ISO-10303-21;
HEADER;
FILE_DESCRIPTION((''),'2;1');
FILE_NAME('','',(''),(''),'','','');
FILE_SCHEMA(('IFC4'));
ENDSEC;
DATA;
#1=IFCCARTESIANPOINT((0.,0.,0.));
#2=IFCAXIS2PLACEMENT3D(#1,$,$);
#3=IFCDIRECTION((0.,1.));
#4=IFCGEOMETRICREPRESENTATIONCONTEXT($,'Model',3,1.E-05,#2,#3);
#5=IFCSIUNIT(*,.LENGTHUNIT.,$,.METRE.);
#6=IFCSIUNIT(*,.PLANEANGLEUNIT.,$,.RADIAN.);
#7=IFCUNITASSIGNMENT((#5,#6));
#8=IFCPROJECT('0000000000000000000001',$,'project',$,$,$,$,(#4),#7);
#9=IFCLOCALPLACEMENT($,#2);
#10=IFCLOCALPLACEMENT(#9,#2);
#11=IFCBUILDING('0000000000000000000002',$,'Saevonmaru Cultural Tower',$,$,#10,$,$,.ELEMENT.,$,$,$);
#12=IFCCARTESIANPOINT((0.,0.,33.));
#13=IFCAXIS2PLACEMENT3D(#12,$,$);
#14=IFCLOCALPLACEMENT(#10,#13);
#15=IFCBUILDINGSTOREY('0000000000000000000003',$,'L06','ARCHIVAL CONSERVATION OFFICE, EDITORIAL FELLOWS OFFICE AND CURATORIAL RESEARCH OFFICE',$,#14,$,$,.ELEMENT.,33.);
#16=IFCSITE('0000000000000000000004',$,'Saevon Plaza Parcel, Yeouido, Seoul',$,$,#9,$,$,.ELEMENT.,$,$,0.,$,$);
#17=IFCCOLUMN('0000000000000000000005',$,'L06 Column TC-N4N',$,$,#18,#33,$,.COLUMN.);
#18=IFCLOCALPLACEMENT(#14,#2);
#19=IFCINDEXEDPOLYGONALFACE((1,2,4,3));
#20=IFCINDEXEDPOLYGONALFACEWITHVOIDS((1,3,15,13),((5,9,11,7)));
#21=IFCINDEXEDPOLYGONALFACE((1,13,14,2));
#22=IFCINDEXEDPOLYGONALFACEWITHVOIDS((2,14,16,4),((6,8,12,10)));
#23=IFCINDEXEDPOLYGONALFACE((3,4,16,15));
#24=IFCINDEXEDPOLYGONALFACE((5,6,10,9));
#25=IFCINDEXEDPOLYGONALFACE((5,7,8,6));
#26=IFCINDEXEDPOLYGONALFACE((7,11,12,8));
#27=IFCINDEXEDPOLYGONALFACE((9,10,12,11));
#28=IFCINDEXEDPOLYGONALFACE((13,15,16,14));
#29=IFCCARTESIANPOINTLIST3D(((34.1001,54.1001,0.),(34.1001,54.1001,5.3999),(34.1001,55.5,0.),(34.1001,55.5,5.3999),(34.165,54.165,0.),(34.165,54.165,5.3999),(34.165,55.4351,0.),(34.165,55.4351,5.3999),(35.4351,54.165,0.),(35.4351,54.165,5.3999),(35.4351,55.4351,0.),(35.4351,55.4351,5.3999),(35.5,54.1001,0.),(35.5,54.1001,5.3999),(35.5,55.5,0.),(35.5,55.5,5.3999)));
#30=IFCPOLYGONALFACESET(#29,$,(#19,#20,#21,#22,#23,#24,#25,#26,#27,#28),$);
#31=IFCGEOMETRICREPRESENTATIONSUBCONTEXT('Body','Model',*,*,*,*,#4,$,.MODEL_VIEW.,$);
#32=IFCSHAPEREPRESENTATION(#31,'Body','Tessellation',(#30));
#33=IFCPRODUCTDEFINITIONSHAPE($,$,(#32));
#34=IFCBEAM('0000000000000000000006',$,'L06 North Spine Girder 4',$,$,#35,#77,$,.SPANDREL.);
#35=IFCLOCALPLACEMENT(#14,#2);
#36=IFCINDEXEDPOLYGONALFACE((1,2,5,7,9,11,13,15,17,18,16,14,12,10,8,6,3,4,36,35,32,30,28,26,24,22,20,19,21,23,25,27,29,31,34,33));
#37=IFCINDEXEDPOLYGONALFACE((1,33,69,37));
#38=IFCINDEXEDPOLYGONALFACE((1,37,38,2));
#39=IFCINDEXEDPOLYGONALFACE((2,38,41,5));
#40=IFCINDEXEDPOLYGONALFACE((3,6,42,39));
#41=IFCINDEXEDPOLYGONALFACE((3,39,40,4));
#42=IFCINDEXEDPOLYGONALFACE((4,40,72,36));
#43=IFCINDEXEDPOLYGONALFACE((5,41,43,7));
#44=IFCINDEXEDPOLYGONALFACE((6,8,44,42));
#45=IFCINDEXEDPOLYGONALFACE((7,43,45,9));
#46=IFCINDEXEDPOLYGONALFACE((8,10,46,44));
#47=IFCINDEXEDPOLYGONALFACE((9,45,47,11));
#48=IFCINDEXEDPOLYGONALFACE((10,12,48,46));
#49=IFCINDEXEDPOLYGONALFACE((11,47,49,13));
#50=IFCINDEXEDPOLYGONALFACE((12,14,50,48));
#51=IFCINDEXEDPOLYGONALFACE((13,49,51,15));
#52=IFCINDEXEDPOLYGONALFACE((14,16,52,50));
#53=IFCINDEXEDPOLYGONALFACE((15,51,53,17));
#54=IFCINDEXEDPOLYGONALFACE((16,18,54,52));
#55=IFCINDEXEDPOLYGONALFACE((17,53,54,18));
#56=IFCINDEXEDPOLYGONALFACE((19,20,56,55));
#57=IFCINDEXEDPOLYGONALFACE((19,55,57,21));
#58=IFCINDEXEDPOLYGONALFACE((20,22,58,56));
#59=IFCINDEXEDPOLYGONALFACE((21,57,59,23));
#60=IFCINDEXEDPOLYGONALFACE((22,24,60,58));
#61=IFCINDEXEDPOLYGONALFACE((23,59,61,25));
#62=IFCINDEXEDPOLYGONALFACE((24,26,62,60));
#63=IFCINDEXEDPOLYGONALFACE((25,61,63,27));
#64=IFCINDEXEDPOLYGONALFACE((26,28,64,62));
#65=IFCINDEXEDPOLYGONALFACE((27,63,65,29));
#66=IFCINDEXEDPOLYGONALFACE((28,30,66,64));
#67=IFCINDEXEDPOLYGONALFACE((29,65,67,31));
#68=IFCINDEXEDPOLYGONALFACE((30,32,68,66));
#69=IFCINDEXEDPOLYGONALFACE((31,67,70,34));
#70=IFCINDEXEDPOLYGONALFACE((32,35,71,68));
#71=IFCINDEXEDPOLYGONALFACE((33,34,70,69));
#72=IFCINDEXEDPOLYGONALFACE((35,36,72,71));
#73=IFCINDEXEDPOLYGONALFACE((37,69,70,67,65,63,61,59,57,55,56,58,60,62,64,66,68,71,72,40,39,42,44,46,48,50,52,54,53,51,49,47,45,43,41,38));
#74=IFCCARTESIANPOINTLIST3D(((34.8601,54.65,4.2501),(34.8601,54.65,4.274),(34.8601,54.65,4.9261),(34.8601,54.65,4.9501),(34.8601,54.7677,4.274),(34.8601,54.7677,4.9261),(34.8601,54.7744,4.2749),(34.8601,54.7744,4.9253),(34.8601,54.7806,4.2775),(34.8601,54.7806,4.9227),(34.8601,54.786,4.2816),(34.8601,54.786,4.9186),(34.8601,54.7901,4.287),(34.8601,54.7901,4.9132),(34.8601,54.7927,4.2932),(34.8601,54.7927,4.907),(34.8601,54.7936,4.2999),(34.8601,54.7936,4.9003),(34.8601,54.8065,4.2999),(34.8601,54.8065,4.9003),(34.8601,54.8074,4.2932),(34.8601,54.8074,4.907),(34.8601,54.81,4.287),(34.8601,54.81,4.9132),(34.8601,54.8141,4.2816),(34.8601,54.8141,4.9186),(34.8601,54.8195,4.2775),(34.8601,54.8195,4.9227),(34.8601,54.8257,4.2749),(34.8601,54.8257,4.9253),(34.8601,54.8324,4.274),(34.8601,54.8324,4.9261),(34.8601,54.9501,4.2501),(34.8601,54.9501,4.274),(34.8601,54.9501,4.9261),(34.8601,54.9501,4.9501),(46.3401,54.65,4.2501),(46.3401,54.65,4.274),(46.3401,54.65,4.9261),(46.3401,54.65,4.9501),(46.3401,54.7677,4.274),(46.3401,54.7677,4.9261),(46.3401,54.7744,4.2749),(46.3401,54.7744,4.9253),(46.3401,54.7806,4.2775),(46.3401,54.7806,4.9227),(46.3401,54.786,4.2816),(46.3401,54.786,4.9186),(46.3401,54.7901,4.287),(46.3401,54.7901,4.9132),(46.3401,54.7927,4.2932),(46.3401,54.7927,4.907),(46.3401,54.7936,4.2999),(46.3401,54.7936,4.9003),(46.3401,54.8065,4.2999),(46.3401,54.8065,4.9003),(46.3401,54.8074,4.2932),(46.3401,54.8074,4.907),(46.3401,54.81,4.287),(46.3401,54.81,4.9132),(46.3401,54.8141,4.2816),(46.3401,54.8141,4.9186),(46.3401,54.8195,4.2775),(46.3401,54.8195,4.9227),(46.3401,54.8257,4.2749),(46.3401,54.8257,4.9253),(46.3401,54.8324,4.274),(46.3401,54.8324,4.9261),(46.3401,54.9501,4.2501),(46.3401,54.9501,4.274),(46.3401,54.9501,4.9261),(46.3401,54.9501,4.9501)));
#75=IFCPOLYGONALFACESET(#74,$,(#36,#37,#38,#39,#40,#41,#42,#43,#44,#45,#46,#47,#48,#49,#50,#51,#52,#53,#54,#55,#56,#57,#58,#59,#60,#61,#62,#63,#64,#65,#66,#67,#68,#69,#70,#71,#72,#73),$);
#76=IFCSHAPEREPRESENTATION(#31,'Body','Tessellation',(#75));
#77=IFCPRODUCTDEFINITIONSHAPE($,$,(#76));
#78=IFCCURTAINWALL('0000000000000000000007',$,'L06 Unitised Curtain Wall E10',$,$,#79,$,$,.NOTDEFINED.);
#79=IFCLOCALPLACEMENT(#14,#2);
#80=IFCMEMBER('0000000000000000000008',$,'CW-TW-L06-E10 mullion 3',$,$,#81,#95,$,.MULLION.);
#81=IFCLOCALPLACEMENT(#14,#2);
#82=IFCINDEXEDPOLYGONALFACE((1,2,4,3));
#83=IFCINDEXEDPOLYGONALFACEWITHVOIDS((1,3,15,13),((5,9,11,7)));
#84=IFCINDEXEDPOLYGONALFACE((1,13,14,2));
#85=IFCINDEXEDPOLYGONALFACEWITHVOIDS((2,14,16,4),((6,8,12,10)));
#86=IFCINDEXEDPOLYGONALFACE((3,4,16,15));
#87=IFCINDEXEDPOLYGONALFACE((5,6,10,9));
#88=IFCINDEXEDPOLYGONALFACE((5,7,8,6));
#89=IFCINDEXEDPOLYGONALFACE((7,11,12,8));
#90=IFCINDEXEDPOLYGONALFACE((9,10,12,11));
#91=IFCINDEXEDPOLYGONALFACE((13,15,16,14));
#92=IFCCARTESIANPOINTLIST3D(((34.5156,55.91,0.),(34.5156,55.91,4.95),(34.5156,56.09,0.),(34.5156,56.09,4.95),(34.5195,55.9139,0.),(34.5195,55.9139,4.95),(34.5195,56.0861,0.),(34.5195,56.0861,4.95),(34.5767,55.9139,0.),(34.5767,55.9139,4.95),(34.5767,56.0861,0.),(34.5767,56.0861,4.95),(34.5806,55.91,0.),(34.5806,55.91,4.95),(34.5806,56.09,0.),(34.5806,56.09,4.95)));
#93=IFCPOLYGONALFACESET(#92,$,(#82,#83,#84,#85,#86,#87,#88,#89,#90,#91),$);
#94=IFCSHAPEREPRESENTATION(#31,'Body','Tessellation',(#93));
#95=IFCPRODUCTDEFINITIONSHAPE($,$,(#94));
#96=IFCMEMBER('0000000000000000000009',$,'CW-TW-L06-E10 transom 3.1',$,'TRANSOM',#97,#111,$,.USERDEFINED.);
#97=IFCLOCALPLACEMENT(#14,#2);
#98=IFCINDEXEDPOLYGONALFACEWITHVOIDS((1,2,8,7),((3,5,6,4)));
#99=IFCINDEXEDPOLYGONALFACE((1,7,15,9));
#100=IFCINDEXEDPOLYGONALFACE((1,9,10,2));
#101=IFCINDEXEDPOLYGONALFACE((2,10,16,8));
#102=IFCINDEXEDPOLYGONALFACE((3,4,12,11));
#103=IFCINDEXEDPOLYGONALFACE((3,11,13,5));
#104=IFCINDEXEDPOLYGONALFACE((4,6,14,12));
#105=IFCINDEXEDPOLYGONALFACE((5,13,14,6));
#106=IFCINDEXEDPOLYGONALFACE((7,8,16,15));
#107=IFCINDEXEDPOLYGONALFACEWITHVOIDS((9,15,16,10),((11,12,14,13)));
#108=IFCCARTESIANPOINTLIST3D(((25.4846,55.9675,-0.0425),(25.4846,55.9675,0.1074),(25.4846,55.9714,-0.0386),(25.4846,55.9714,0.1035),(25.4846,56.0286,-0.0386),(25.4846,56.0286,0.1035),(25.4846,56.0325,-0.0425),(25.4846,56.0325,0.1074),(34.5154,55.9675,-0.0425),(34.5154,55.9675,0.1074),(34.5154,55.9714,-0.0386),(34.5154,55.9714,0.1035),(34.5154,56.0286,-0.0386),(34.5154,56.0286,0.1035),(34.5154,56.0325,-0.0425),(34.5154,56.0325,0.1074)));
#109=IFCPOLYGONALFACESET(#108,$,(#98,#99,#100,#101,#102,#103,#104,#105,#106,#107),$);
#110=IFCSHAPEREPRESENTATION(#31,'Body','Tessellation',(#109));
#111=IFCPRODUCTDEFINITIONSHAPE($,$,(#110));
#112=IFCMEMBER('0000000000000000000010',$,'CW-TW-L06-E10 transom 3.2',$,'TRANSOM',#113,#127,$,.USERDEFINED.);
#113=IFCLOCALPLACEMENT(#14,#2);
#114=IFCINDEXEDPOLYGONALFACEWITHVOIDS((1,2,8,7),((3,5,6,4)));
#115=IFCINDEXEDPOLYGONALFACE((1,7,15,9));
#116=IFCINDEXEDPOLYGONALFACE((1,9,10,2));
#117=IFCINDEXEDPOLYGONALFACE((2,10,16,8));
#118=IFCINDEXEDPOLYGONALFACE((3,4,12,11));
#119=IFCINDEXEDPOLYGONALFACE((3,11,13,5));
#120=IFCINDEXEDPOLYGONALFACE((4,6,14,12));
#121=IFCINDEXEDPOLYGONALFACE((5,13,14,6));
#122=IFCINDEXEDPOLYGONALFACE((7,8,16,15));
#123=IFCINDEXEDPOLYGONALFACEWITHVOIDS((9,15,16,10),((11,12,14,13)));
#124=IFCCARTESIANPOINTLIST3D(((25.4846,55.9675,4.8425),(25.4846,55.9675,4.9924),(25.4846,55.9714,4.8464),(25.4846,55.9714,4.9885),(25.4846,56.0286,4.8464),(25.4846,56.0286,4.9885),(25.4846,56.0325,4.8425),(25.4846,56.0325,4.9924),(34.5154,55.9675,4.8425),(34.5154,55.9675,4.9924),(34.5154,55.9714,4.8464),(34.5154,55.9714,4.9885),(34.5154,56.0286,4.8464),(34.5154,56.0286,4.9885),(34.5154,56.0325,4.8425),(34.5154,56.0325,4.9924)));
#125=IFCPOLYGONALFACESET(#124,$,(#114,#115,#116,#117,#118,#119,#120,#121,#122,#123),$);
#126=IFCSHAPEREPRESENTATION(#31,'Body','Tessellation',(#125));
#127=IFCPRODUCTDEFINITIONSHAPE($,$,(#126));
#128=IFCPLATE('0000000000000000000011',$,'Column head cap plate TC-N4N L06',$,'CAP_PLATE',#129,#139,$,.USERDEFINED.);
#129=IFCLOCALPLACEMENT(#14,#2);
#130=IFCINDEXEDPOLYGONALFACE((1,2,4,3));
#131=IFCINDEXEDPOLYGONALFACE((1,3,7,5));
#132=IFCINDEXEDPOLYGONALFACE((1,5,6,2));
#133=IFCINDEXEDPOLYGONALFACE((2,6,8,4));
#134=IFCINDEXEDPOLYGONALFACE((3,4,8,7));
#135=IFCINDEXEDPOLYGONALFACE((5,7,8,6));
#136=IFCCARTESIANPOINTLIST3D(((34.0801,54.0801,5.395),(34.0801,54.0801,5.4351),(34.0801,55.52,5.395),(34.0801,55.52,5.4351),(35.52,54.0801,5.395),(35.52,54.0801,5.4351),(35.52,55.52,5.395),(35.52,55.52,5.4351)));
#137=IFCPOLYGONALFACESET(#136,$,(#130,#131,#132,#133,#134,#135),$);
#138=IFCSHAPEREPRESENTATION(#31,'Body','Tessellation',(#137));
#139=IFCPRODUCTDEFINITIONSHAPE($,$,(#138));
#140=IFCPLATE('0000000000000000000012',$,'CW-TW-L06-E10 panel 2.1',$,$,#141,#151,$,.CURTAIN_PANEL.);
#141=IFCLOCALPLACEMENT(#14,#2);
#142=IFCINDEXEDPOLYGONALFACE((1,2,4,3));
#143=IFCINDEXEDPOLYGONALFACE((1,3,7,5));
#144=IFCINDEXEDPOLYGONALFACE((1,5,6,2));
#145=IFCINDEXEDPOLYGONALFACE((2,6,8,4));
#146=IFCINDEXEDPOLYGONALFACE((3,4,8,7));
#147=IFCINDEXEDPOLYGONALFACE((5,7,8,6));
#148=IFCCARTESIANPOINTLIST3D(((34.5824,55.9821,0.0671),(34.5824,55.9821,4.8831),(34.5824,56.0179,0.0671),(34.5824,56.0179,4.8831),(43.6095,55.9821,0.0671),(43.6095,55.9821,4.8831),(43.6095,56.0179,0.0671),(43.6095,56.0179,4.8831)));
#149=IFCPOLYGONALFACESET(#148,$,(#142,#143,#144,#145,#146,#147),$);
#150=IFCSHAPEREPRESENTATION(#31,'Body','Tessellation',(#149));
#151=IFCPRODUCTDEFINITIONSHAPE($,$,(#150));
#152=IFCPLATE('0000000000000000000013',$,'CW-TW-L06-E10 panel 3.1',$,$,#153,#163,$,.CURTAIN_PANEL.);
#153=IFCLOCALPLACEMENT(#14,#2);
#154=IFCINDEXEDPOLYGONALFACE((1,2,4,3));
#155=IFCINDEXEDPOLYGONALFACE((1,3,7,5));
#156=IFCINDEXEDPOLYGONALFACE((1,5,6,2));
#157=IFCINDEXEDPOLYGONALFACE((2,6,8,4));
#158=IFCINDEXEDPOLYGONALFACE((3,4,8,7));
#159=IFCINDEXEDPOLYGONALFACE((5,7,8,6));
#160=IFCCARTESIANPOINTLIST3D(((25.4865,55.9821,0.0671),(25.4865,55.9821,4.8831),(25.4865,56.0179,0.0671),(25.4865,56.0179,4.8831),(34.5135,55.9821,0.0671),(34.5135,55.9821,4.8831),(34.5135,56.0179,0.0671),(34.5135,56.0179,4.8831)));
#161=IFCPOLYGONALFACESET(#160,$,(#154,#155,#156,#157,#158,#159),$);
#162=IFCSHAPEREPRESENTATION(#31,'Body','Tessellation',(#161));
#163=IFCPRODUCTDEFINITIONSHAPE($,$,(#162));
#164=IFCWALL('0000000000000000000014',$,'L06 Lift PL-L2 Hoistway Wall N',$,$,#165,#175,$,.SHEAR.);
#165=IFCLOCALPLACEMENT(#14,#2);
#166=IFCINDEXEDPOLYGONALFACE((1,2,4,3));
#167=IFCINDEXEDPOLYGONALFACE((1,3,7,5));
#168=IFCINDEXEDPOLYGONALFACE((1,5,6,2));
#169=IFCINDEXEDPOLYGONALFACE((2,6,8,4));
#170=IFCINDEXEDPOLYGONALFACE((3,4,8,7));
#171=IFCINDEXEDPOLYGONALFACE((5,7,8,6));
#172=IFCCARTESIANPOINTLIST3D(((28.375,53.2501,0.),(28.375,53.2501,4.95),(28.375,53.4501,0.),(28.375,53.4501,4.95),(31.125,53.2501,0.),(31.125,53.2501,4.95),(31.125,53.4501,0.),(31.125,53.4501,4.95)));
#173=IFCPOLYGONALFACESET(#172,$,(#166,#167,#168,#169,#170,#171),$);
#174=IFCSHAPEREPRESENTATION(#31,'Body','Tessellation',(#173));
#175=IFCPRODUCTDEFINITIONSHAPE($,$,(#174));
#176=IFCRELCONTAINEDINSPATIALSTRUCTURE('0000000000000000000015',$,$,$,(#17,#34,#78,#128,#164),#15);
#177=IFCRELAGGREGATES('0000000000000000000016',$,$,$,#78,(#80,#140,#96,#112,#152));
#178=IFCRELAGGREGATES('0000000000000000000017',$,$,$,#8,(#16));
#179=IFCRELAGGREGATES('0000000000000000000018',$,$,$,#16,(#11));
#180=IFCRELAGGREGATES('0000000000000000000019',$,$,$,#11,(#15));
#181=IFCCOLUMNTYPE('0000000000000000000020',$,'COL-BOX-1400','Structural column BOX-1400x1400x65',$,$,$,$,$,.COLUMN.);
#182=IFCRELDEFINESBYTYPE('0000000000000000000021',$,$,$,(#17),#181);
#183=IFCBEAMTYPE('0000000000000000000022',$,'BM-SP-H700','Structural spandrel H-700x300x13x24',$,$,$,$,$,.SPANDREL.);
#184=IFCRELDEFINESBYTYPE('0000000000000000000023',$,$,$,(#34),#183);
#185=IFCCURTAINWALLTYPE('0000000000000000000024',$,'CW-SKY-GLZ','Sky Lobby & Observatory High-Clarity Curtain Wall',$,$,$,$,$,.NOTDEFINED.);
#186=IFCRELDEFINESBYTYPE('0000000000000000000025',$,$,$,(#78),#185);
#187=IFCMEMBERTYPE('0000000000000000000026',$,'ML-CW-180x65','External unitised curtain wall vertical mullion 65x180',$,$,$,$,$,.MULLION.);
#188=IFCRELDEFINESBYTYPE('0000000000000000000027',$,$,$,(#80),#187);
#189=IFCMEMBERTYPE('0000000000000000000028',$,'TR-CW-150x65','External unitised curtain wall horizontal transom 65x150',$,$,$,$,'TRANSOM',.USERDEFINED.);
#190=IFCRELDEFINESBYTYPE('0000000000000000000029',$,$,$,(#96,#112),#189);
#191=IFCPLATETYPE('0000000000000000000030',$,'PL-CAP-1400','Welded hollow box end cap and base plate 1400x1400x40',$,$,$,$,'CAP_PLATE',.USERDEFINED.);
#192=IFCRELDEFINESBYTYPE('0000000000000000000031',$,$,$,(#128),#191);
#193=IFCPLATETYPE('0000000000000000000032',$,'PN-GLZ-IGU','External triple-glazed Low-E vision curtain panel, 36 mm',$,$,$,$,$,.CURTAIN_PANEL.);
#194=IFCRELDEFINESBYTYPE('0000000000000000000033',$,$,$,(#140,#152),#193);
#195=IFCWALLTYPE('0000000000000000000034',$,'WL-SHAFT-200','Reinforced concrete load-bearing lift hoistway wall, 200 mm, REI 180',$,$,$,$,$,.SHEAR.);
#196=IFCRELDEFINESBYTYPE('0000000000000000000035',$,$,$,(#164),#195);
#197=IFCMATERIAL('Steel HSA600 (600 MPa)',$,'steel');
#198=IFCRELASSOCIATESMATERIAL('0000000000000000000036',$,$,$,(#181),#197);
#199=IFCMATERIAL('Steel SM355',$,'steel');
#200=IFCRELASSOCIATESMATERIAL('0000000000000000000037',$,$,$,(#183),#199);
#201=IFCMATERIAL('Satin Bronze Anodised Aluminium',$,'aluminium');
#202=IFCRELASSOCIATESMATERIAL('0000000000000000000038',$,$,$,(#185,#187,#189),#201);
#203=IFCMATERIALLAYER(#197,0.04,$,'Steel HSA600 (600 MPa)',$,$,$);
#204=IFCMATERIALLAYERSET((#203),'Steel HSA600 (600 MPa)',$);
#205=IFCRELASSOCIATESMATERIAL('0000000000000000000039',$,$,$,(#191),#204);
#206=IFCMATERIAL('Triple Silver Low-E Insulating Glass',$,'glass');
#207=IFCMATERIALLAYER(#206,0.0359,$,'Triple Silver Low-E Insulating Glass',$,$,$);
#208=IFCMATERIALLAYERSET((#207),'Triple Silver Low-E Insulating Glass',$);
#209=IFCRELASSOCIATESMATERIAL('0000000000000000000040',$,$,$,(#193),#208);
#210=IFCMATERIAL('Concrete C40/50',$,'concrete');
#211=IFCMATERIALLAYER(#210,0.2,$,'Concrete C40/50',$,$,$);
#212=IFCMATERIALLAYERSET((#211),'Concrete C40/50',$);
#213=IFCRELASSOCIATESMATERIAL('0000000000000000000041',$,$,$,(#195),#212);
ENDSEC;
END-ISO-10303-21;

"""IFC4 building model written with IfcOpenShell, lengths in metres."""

from ifc_helpers import new_model, si_unit, direction, frame, frame_2d, origin, origin_2d, place, context, subcontext, project, spatial, rectangle, hollow_rectangle, i_section, extrude, material, layer, layer_set, material_profile, profile_set, type_object, element, aggregate, save


model = new_model("IFC4")

# Units and contexts
model_context = context("Model", 3, precision=1e-05, world=origin(), true_north=direction((0.0, 1.0)))
body_context = subcontext(model_context, "Body", "Model", "MODEL_VIEW")
ifc_project = project(units=[si_unit("LENGTHUNIT", "METRE"), si_unit("PLANEANGLEUNIT", "RADIAN")], contexts=[model_context])

# Site, building, storey
site_placement = place(None, origin())
site = spatial("IfcSite", under=ifc_project, at=site_placement, Name="Saevon Plaza Parcel, Yeouido, Seoul", CompositionType="ELEMENT", RefElevation=0.0)
building_placement = place(site_placement, origin())
building = spatial("IfcBuilding", under=site, at=building_placement, Name="Saevonmaru Cultural Tower", CompositionType="ELEMENT")
storey_placement = place(building_placement, frame((0.0, 0.0, 33.0)))
storey = spatial("IfcBuildingStorey", under=building, at=storey_placement, Name="L06", Description="ARCHIVAL CONSERVATION OFFICE, EDITORIAL FELLOWS OFFICE AND CURATORIAL RESEARCH OFFICE", CompositionType="ELEMENT", Elevation=33.0)

# Column
ifc_material_1 = material(Name="Steel HSA600 (600 MPa)", Category="steel")
ifc_material_profile_1 = material_profile(ifc_material_1, hollow_rectangle(XDim=1.3999, YDim=1.3999, WallThickness=0.0649, at=origin_2d()), Name="BOX-1400x1400x65")
ifc_profile_set_1 = profile_set([ifc_material_profile_1], Name="Steel HSA600 (600 MPa)")
column_type = type_object("IfcColumnType", Name="COL-BOX-1400", Description="Structural column BOX-1400x1400x65", PredefinedType="COLUMN", material=ifc_profile_set_1)
column_placement = place(storey_placement, frame((34.8, 54.8, 0.0), z_axis=(0.0, 0.0, 1.0), x_axis=(1.0, 0.0, 0.0)))
element("IfcColumn", 1, at=column_placement, inside=storey, type_object=column_type, Name="L06 Column TC-N4N", PredefinedType="COLUMN", context=body_context, shape_type="SweptSolid", body=[
    extrude(hollow_rectangle(XDim=1.3999, YDim=1.3999, WallThickness=0.0649, at=origin_2d()), origin(), (0.0, 0.0, 1.0), 5.3999),
])

# Beam
ifc_material_2 = material(Name="Steel SM355", Category="steel")
ifc_material_profile_2 = material_profile(ifc_material_2, i_section(OverallWidth=0.3, OverallDepth=0.7, WebThickness=0.0129, FlangeThickness=0.0239, FilletRadius=0.0259, at=origin_2d()), Name="H-700x300x13x24")
ifc_profile_set_2 = profile_set([ifc_material_profile_2], Name="Steel SM355")
beam_type = type_object("IfcBeamType", Name="BM-SP-H700", Description="Structural spandrel H-700x300x13x24", PredefinedType="SPANDREL", material=ifc_profile_set_2)
beam_placement = place(storey_placement, frame((34.8601, 54.8, 4.6001), z_axis=(1.0, 0.0, 0.0), x_axis=(0.0, 1.0, 0.0)))
element("IfcBeam", 2, at=beam_placement, inside=storey, type_object=beam_type, Name="L06 North Spine Girder 4", PredefinedType="SPANDREL", context=body_context, shape_type="SweptSolid", body=[
    extrude(i_section(OverallWidth=0.3, OverallDepth=0.7, WebThickness=0.0129, FlangeThickness=0.0239, FilletRadius=0.0259, at=origin_2d()), origin(), (0.0, 0.0, 1.0), 11.48),
])

# Curtain wall, members
ifc_material_3 = material(Name="Satin Bronze Anodised Aluminium", Category="aluminium")
curtain_wall_type = type_object("IfcCurtainWallType", Name="CW-SKY-GLZ", Description="Sky Lobby & Observatory High-Clarity Curtain Wall", PredefinedType="NOTDEFINED", material=ifc_material_3)
curtain_wall_placement = place(storey_placement, origin())
curtain_wall = element("IfcCurtainWall", 3, at=curtain_wall_placement, inside=storey, type_object=curtain_wall_type, Name="L06 Unitised Curtain Wall E10", PredefinedType="NOTDEFINED")
ifc_material_profile_3 = material_profile(ifc_material_3, hollow_rectangle(XDim=0.0649, YDim=0.1799, WallThickness=0.0039, at=origin_2d()), Name="ALU-MULL-180x65x4")
ifc_profile_set_3 = profile_set([ifc_material_profile_3], Name="Satin Bronze Anodised Aluminium")
member_type_1 = type_object("IfcMemberType", Name="ML-CW-180x65", Description="External unitised curtain wall vertical mullion 65x180", PredefinedType="MULLION", material=ifc_profile_set_3)
member_1_placement = place(storey_placement, frame((34.5481, 56.0, 0.0), z_axis=(0.0, 0.0, 1.0), x_axis=(-1.0, 0.0, 0.0)))
member_1 = element("IfcMember", 4, at=member_1_placement, type_object=member_type_1, Name="CW-TW-L06-E10 mullion 3", PredefinedType="MULLION", context=body_context, shape_type="SweptSolid", body=[
    extrude(hollow_rectangle(XDim=0.0649, YDim=0.1799, WallThickness=0.0039, at=origin_2d()), origin(), (0.0, 0.0, 1.0), 4.95),
])
ifc_material_profile_4 = material_profile(ifc_material_3, hollow_rectangle(XDim=0.0649, YDim=0.1499, WallThickness=0.0039, at=origin_2d()), Name="ALU-TRAN-150x65x4")
ifc_profile_set_4 = profile_set([ifc_material_profile_4], Name="Satin Bronze Anodised Aluminium")
member_type_2 = type_object("IfcMemberType", Name="TR-CW-150x65", Description="External unitised curtain wall horizontal transom 65x150", ElementType="TRANSOM", PredefinedType="USERDEFINED", material=ifc_profile_set_4)
member_2_placement = place(storey_placement, frame((34.5154, 56.0, 0.0325), z_axis=(-1.0, 0.0, 0.0), x_axis=(0.0, -1.0, 0.0)))
member_2 = element("IfcMember", 5, at=member_2_placement, type_object=member_type_2, Name="CW-TW-L06-E10 transom 3.1", ObjectType="TRANSOM", PredefinedType="USERDEFINED", context=body_context, shape_type="SweptSolid", body=[
    extrude(hollow_rectangle(XDim=0.0649, YDim=0.1499, WallThickness=0.0039, at=origin_2d()), origin(), (0.0, 0.0, 1.0), 9.0308),
])
member_3_placement = place(storey_placement, frame((34.5154, 56.0, 4.9175), z_axis=(-1.0, 0.0, 0.0), x_axis=(0.0, -1.0, 0.0)))
member_3 = element("IfcMember", 6, at=member_3_placement, type_object=member_type_2, Name="CW-TW-L06-E10 transom 3.2", ObjectType="TRANSOM", PredefinedType="USERDEFINED", context=body_context, shape_type="SweptSolid", body=[
    extrude(hollow_rectangle(XDim=0.0649, YDim=0.1499, WallThickness=0.0039, at=origin_2d()), origin(), (0.0, 0.0, 1.0), 9.0308),
])

# Plates
ifc_layer_1 = layer(ifc_material_1, 0.04, Name="Steel HSA600 (600 MPa)")
ifc_layer_set_1 = layer_set([ifc_layer_1], Name="Steel HSA600 (600 MPa)")
plate_type_1 = type_object("IfcPlateType", Name="PL-CAP-1400", Description="Welded hollow box end cap and base plate 1400x1400x40", ElementType="CAP_PLATE", PredefinedType="USERDEFINED", material=ifc_layer_set_1)
plate_1_placement = place(storey_placement, frame((34.8, 54.8, 5.395), z_axis=(0.0, 0.0, 1.0), x_axis=(1.0, 0.0, 0.0)))
element("IfcPlate", 7, at=plate_1_placement, inside=storey, type_object=plate_type_1, Name="Column head cap plate TC-N4N L06", ObjectType="CAP_PLATE", PredefinedType="USERDEFINED", context=body_context, shape_type="SweptSolid", body=[
    extrude(rectangle(XDim=1.4399, YDim=1.4399, at=origin_2d()), origin(), (0.0, 0.0, 1.0), 0.04),
])
ifc_material_4 = material(Name="Triple Silver Low-E Insulating Glass", Category="glass")
ifc_layer_2 = layer(ifc_material_4, 0.0359, Name="Triple Silver Low-E Insulating Glass")
ifc_layer_set_2 = layer_set([ifc_layer_2], Name="Triple Silver Low-E Insulating Glass")
plate_type_2 = type_object("IfcPlateType", Name="PN-GLZ-IGU", Description="External triple-glazed Low-E vision curtain panel, 36 mm", PredefinedType="CURTAIN_PANEL", material=ifc_layer_set_2)
plate_2_placement = place(storey_placement, frame((39.0959, 56.0, 0.0671), z_axis=(0.0, 0.0, 1.0), x_axis=(-1.0, 0.0, 0.0)))
plate_2 = element("IfcPlate", 8, at=plate_2_placement, type_object=plate_type_2, Name="CW-TW-L06-E10 panel 2.1", PredefinedType="CURTAIN_PANEL", context=body_context, shape_type="SweptSolid", body=[
    extrude(rectangle(XDim=9.0271, YDim=0.0359, at=origin_2d()), origin(), (0.0, 0.0, 1.0), 4.8159),
])
plate_3_placement = place(storey_placement, frame((30.0, 56.0, 0.0671), z_axis=(0.0, 0.0, 1.0), x_axis=(-1.0, 0.0, 0.0)))
plate_3 = element("IfcPlate", 9, at=plate_3_placement, type_object=plate_type_2, Name="CW-TW-L06-E10 panel 3.1", PredefinedType="CURTAIN_PANEL", context=body_context, shape_type="SweptSolid", body=[
    extrude(rectangle(XDim=9.0271, YDim=0.0359, at=origin_2d()), origin(), (0.0, 0.0, 1.0), 4.8159),
])
aggregate(curtain_wall, [member_1, plate_2, member_2, member_3, plate_3])

# Wall
ifc_material_5 = material(Name="Concrete C40/50", Category="concrete")
ifc_layer_3 = layer(ifc_material_5, 0.2, Name="Concrete C40/50")
ifc_layer_set_3 = layer_set([ifc_layer_3], Name="Concrete C40/50")
wall_type = type_object("IfcWallType", Name="WL-SHAFT-200", Description="Reinforced concrete load-bearing lift hoistway wall, 200 mm, REI 180", PredefinedType="SHEAR", material=ifc_layer_set_3)
wall_1_placement = place(storey_placement, frame((28.375, 53.3501, 0.0), z_axis=(0.0, 0.0, 1.0), x_axis=(1.0, 0.0, 0.0)))
element("IfcWall", 10, at=wall_1_placement, inside=storey, type_object=wall_type, Name="L06 Lift PL-L2 Hoistway Wall N", PredefinedType="SHEAR", context=body_context, shape_type="SweptSolid", body=[
    extrude(rectangle(XDim=2.75, YDim=0.2, at=frame_2d((1.375, 0.0))), origin(), (0.0, 0.0, 1.0), 4.95),
])

save(model, "model.ifc")
